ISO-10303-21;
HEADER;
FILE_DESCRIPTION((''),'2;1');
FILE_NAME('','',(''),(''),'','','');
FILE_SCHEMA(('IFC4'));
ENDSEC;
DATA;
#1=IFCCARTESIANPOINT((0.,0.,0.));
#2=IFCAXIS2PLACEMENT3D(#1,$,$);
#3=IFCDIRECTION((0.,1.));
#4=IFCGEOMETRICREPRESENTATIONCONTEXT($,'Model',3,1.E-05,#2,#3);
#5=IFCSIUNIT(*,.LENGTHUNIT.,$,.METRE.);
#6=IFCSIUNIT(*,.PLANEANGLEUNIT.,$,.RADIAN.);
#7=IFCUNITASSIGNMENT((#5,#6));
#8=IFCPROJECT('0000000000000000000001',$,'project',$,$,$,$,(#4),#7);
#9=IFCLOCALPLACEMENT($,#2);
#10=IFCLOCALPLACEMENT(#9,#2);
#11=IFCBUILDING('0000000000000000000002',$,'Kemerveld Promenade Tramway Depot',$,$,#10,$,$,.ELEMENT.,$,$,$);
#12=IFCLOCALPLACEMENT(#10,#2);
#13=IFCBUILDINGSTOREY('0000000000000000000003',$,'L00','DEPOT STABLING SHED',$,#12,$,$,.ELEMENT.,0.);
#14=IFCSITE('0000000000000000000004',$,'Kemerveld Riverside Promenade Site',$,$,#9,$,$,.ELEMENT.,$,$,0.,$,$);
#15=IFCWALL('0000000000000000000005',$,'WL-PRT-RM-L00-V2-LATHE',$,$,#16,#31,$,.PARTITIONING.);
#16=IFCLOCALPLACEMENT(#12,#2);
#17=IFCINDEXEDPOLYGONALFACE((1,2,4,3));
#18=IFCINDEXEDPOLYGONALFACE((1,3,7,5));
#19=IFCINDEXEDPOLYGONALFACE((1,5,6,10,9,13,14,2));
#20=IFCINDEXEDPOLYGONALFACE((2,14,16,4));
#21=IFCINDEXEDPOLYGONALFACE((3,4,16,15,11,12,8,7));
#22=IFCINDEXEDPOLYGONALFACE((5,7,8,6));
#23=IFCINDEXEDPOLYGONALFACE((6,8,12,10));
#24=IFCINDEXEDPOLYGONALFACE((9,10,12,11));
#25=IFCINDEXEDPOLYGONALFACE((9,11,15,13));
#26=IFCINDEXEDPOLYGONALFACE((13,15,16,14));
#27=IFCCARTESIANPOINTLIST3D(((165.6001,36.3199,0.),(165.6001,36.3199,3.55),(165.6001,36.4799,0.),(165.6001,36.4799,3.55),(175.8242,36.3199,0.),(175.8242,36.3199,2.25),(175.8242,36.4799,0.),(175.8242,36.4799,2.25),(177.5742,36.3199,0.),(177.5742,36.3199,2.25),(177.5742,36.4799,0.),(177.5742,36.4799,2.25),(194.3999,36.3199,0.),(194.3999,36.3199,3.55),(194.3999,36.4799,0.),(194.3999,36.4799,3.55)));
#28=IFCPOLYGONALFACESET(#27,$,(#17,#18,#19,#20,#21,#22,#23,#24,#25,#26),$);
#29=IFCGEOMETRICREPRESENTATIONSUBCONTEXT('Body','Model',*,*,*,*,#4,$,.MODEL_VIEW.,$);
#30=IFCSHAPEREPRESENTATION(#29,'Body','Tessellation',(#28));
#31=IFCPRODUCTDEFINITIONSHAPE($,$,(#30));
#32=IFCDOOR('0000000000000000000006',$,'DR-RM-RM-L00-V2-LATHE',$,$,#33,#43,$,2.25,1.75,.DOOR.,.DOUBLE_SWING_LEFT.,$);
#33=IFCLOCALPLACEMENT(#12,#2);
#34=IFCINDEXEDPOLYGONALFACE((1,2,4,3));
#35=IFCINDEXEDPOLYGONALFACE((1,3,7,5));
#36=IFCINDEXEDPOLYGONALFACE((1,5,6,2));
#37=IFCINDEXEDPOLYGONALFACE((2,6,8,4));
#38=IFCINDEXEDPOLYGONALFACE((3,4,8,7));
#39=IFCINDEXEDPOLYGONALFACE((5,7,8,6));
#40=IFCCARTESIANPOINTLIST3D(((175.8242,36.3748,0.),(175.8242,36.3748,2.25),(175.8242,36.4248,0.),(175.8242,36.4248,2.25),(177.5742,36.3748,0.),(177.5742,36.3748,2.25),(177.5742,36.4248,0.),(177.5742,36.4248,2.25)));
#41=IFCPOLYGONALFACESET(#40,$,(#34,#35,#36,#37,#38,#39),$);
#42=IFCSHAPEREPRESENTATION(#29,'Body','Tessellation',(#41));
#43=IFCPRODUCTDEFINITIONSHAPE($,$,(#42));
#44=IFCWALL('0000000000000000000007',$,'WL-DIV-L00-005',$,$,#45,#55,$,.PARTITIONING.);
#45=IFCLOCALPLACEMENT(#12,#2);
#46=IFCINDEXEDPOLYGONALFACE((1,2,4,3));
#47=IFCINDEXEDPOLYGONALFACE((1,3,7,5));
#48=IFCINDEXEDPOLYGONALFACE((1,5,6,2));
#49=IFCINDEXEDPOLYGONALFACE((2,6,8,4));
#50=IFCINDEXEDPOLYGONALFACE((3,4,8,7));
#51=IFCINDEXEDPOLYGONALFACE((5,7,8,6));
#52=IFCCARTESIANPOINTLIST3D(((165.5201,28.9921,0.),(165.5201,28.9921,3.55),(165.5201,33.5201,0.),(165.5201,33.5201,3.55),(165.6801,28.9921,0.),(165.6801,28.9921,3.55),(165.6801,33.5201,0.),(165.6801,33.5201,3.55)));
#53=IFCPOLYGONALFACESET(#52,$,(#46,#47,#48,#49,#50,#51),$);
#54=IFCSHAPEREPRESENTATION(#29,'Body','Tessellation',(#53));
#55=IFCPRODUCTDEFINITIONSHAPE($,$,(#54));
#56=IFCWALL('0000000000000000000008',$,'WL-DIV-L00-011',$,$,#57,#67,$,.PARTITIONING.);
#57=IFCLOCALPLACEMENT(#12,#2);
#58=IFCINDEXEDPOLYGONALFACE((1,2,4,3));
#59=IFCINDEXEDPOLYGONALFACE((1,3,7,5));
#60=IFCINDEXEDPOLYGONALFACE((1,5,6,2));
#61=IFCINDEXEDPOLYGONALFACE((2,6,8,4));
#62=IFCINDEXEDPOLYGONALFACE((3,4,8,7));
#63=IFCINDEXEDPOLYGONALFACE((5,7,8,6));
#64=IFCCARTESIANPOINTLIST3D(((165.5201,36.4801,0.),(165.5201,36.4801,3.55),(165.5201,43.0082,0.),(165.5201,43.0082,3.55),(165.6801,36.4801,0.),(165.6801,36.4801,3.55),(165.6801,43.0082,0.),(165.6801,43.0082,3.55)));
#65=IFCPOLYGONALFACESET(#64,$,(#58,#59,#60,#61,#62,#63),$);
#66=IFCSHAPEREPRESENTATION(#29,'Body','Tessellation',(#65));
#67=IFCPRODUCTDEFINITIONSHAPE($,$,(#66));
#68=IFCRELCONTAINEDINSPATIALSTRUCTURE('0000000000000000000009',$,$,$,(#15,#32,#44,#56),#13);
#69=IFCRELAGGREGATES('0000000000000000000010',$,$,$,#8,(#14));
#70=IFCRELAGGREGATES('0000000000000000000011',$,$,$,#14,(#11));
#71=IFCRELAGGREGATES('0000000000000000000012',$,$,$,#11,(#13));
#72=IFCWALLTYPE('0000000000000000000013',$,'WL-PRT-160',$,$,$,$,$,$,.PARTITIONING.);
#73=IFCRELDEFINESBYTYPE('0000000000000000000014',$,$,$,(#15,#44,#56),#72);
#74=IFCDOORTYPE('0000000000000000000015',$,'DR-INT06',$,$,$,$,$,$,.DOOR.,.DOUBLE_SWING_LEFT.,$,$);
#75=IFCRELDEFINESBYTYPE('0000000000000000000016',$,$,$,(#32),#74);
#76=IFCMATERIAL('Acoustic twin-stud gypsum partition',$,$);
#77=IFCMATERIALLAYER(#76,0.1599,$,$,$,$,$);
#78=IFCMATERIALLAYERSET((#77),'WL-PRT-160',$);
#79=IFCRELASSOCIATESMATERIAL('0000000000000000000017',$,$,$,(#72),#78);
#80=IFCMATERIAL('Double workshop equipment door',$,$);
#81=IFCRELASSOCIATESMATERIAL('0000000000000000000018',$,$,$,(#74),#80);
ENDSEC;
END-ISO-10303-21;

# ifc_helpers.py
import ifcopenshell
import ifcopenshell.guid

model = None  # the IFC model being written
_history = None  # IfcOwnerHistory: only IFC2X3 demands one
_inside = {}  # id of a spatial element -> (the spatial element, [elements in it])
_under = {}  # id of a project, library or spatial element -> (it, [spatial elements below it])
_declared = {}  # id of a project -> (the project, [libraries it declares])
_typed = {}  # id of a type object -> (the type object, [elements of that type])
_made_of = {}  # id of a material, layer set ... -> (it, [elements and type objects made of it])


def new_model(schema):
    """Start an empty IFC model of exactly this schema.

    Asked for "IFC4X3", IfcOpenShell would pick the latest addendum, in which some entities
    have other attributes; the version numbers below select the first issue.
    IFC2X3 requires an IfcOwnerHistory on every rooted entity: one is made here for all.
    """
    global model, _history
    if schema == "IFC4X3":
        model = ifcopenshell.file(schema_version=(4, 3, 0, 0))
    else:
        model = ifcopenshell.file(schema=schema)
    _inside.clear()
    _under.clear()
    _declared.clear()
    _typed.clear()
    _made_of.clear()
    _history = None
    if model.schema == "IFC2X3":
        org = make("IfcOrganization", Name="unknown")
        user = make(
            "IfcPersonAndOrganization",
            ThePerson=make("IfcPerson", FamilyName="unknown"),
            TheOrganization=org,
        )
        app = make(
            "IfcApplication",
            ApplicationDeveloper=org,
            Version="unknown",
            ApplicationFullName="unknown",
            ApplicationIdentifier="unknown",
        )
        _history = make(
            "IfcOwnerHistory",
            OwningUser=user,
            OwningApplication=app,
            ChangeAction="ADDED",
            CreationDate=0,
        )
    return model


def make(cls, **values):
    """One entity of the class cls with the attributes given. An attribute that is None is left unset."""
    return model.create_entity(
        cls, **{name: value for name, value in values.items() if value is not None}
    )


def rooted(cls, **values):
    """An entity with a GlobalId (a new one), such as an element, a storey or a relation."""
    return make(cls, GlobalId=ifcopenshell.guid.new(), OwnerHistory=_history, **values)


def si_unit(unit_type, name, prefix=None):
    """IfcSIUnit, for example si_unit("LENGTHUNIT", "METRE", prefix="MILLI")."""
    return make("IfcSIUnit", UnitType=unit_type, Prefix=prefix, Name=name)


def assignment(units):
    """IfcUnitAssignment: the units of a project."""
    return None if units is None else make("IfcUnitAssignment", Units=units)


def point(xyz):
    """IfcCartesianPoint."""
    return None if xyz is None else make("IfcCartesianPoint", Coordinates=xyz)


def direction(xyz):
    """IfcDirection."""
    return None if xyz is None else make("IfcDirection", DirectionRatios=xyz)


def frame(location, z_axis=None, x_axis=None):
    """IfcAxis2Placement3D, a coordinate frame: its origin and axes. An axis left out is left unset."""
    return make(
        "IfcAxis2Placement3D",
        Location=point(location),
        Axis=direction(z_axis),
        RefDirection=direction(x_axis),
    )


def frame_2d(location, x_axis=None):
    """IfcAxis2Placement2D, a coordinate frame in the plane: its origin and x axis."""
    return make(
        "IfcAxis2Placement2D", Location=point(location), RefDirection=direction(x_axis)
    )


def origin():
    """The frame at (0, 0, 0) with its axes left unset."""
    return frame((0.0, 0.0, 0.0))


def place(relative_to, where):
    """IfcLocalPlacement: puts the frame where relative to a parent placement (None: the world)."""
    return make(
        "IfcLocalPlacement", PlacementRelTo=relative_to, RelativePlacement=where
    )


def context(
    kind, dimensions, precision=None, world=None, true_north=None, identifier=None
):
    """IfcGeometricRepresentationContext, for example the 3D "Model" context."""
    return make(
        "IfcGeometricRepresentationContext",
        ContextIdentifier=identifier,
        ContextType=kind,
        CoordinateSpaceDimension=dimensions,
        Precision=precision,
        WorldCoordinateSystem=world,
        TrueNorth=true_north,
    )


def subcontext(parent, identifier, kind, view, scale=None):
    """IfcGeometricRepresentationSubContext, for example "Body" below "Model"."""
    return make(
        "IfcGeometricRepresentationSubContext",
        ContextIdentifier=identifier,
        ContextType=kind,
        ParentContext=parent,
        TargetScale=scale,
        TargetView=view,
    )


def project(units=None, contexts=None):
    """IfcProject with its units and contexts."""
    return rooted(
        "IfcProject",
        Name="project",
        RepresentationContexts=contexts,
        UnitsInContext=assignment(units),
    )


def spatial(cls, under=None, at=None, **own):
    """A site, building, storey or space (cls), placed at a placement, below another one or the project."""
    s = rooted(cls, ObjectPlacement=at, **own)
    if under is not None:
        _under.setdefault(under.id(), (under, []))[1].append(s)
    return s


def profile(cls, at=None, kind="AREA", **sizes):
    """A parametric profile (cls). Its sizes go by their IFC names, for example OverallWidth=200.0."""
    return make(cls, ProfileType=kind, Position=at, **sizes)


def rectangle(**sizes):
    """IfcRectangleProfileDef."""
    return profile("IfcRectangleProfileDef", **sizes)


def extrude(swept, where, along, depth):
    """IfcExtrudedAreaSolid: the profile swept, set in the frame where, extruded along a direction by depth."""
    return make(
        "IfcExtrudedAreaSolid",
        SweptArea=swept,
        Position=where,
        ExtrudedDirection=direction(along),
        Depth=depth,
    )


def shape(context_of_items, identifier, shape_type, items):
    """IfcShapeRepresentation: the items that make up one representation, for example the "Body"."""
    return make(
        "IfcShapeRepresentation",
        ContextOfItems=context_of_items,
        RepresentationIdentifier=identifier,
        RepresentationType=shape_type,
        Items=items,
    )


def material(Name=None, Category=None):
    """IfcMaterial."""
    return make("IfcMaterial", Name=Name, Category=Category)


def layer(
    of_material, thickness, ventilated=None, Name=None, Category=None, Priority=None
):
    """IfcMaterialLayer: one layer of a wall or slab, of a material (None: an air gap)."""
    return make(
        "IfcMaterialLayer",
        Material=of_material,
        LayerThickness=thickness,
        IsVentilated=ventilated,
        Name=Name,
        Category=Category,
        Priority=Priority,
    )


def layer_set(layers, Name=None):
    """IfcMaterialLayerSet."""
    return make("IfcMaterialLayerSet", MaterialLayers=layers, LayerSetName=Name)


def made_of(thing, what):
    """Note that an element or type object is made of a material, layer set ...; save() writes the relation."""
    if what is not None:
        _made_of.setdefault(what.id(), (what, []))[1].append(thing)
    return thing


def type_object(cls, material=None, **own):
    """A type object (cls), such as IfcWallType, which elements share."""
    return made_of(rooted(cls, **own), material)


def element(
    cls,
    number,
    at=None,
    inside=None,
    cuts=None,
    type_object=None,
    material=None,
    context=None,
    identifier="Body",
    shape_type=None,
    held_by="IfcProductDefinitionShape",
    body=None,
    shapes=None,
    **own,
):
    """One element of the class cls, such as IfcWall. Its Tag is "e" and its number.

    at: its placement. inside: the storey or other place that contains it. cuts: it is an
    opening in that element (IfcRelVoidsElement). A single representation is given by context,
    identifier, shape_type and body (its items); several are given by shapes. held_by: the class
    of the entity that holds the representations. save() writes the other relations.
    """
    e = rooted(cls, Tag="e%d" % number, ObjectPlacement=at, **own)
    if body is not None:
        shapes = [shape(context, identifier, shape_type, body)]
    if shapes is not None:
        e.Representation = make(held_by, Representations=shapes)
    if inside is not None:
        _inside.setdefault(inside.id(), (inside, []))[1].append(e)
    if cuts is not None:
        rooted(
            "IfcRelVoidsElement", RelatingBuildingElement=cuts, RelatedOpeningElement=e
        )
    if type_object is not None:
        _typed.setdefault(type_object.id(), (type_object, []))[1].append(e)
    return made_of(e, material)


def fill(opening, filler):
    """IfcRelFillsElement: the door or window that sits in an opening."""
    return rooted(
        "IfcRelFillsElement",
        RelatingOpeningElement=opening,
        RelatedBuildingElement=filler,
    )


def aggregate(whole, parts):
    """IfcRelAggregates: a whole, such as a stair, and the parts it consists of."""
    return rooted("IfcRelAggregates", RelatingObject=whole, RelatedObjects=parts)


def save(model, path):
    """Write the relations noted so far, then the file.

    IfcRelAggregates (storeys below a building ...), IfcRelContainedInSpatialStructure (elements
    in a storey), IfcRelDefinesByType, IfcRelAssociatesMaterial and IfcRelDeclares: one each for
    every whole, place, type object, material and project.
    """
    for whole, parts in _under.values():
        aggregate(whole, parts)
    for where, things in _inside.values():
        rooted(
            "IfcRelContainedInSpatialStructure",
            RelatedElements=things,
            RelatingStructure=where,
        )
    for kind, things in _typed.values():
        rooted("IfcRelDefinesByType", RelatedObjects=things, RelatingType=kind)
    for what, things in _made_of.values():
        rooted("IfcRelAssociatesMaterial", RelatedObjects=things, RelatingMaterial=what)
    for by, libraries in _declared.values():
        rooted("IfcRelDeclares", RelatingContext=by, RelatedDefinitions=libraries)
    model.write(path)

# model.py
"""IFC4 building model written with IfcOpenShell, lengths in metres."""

from ifc_helpers import new_model, si_unit, direction, frame, frame_2d, origin, place, context, subcontext, project, spatial, rectangle, extrude, material, layer, layer_set, type_object, element, fill, save


model = new_model("IFC4")

# Units and contexts
model_context = context("Model", 3, precision=1e-05, world=origin(), true_north=direction((0.0, 1.0)))
body_context = subcontext(model_context, "Body", "Model", "MODEL_VIEW")
ifc_project = project(units=[si_unit("LENGTHUNIT", "METRE"), si_unit("PLANEANGLEUNIT", "RADIAN")], contexts=[model_context])

# Site, building, storey
site_placement = place(None, origin())
site = spatial("IfcSite", under=ifc_project, at=site_placement, Name="Kemerveld Riverside Promenade Site", CompositionType="ELEMENT", RefElevation=0.0)
building_placement = place(site_placement, origin())
building = spatial("IfcBuilding", under=site, at=building_placement, Name="Kemerveld Promenade Tramway Depot", CompositionType="ELEMENT")
storey_placement = place(building_placement, origin())
storey = spatial("IfcBuildingStorey", under=building, at=storey_placement, Name="L00", Description="DEPOT STABLING SHED", CompositionType="ELEMENT", Elevation=0.0)

# Wall, opening, door
ifc_material_1 = material(Name="Acoustic twin-stud gypsum partition")
ifc_layer_1 = layer(ifc_material_1, 0.1599)
ifc_layer_set_1 = layer_set([ifc_layer_1], Name="WL-PRT-160")
wall_type_1 = type_object("IfcWallType", Name="WL-PRT-160", PredefinedType="PARTITIONING", material=ifc_layer_set_1)
wall_1_placement = place(storey_placement, frame((165.6001, 36.3999, 0.0), z_axis=(0.0, 0.0, 1.0), x_axis=(1.0, 0.0, 0.0)))
wall_1 = element("IfcWall", 1, at=wall_1_placement, inside=storey, type_object=wall_type_1, Name="WL-PRT-RM-L00-V2-LATHE", PredefinedType="PARTITIONING", context=body_context, shape_type="SweptSolid", body=[
    extrude(rectangle(XDim=28.7998, YDim=0.1599, at=frame_2d((14.3999, 0.0))), origin(), (0.0, 0.0, 1.0), 3.55),
])
opening_1_placement = place(wall_1_placement, frame((10.2241, 0.0, 0.0)))
opening_1 = element("IfcOpeningElement", 2, at=opening_1_placement, cuts=wall_1, PredefinedType="OPENING", context=body_context, shape_type="SweptSolid", body=[
    extrude(rectangle(XDim=1.75, YDim=2.25, at=frame_2d((0.875, 1.125))), frame((0.0, 0.0898, 0.0), z_axis=(0.0, -1.0, 0.0), x_axis=(1.0, 0.0, 0.0)), (0.0, 0.0, 1.0), 0.1799),
])
ifc_material_2 = material(Name="Double workshop equipment door")
door_type = type_object("IfcDoorType", Name="DR-INT06", OperationType="DOUBLE_SWING_LEFT", PredefinedType="DOOR", material=ifc_material_2)
door_placement = place(opening_1_placement, origin())
door = element("IfcDoor", 3, at=door_placement, inside=storey, type_object=door_type, Name="DR-RM-RM-L00-V2-LATHE", OperationType="DOUBLE_SWING_LEFT", OverallHeight=2.25, OverallWidth=1.75, PredefinedType="DOOR", context=body_context, shape_type="SweptSolid", body=[
    extrude(rectangle(XDim=1.75, YDim=2.25, at=frame_2d((0.875, 1.125))), frame((0.0, 0.0249, 0.0), z_axis=(0.0, -1.0, 0.0), x_axis=(1.0, 0.0, 0.0)), (0.0, 0.0, 1.0), 0.05),
])
fill(opening_1, door)

# Walls
wall_2_placement = place(storey_placement, frame((165.6001, 28.9919, 0.0), z_axis=(0.0, 0.0, 1.0), x_axis=(0.0, 1.0, 0.0)))
element("IfcWall", 4, at=wall_2_placement, inside=storey, type_object=wall_type_1, Name="WL-DIV-L00-005", PredefinedType="PARTITIONING", context=body_context, shape_type="SweptSolid", body=[
    extrude(rectangle(XDim=4.5281, YDim=0.1599, at=frame_2d((2.2642, 0.0))), origin(), (0.0, 0.0, 1.0), 3.55),
])
wall_3_placement = place(storey_placement, frame((165.6001, 36.48, 0.0), z_axis=(0.0, 0.0, 1.0), x_axis=(0.0, 1.0, 0.0)))
element("IfcWall", 5, at=wall_3_placement, inside=storey, type_object=wall_type_1, Name="WL-DIV-L00-011", PredefinedType="PARTITIONING", context=body_context, shape_type="SweptSolid", body=[
    extrude(rectangle(XDim=6.5281, YDim=0.1599, at=frame_2d((3.2642, 0.0))), origin(), (0.0, 0.0, 1.0), 3.55),
])

save(model, "model.ifc")
